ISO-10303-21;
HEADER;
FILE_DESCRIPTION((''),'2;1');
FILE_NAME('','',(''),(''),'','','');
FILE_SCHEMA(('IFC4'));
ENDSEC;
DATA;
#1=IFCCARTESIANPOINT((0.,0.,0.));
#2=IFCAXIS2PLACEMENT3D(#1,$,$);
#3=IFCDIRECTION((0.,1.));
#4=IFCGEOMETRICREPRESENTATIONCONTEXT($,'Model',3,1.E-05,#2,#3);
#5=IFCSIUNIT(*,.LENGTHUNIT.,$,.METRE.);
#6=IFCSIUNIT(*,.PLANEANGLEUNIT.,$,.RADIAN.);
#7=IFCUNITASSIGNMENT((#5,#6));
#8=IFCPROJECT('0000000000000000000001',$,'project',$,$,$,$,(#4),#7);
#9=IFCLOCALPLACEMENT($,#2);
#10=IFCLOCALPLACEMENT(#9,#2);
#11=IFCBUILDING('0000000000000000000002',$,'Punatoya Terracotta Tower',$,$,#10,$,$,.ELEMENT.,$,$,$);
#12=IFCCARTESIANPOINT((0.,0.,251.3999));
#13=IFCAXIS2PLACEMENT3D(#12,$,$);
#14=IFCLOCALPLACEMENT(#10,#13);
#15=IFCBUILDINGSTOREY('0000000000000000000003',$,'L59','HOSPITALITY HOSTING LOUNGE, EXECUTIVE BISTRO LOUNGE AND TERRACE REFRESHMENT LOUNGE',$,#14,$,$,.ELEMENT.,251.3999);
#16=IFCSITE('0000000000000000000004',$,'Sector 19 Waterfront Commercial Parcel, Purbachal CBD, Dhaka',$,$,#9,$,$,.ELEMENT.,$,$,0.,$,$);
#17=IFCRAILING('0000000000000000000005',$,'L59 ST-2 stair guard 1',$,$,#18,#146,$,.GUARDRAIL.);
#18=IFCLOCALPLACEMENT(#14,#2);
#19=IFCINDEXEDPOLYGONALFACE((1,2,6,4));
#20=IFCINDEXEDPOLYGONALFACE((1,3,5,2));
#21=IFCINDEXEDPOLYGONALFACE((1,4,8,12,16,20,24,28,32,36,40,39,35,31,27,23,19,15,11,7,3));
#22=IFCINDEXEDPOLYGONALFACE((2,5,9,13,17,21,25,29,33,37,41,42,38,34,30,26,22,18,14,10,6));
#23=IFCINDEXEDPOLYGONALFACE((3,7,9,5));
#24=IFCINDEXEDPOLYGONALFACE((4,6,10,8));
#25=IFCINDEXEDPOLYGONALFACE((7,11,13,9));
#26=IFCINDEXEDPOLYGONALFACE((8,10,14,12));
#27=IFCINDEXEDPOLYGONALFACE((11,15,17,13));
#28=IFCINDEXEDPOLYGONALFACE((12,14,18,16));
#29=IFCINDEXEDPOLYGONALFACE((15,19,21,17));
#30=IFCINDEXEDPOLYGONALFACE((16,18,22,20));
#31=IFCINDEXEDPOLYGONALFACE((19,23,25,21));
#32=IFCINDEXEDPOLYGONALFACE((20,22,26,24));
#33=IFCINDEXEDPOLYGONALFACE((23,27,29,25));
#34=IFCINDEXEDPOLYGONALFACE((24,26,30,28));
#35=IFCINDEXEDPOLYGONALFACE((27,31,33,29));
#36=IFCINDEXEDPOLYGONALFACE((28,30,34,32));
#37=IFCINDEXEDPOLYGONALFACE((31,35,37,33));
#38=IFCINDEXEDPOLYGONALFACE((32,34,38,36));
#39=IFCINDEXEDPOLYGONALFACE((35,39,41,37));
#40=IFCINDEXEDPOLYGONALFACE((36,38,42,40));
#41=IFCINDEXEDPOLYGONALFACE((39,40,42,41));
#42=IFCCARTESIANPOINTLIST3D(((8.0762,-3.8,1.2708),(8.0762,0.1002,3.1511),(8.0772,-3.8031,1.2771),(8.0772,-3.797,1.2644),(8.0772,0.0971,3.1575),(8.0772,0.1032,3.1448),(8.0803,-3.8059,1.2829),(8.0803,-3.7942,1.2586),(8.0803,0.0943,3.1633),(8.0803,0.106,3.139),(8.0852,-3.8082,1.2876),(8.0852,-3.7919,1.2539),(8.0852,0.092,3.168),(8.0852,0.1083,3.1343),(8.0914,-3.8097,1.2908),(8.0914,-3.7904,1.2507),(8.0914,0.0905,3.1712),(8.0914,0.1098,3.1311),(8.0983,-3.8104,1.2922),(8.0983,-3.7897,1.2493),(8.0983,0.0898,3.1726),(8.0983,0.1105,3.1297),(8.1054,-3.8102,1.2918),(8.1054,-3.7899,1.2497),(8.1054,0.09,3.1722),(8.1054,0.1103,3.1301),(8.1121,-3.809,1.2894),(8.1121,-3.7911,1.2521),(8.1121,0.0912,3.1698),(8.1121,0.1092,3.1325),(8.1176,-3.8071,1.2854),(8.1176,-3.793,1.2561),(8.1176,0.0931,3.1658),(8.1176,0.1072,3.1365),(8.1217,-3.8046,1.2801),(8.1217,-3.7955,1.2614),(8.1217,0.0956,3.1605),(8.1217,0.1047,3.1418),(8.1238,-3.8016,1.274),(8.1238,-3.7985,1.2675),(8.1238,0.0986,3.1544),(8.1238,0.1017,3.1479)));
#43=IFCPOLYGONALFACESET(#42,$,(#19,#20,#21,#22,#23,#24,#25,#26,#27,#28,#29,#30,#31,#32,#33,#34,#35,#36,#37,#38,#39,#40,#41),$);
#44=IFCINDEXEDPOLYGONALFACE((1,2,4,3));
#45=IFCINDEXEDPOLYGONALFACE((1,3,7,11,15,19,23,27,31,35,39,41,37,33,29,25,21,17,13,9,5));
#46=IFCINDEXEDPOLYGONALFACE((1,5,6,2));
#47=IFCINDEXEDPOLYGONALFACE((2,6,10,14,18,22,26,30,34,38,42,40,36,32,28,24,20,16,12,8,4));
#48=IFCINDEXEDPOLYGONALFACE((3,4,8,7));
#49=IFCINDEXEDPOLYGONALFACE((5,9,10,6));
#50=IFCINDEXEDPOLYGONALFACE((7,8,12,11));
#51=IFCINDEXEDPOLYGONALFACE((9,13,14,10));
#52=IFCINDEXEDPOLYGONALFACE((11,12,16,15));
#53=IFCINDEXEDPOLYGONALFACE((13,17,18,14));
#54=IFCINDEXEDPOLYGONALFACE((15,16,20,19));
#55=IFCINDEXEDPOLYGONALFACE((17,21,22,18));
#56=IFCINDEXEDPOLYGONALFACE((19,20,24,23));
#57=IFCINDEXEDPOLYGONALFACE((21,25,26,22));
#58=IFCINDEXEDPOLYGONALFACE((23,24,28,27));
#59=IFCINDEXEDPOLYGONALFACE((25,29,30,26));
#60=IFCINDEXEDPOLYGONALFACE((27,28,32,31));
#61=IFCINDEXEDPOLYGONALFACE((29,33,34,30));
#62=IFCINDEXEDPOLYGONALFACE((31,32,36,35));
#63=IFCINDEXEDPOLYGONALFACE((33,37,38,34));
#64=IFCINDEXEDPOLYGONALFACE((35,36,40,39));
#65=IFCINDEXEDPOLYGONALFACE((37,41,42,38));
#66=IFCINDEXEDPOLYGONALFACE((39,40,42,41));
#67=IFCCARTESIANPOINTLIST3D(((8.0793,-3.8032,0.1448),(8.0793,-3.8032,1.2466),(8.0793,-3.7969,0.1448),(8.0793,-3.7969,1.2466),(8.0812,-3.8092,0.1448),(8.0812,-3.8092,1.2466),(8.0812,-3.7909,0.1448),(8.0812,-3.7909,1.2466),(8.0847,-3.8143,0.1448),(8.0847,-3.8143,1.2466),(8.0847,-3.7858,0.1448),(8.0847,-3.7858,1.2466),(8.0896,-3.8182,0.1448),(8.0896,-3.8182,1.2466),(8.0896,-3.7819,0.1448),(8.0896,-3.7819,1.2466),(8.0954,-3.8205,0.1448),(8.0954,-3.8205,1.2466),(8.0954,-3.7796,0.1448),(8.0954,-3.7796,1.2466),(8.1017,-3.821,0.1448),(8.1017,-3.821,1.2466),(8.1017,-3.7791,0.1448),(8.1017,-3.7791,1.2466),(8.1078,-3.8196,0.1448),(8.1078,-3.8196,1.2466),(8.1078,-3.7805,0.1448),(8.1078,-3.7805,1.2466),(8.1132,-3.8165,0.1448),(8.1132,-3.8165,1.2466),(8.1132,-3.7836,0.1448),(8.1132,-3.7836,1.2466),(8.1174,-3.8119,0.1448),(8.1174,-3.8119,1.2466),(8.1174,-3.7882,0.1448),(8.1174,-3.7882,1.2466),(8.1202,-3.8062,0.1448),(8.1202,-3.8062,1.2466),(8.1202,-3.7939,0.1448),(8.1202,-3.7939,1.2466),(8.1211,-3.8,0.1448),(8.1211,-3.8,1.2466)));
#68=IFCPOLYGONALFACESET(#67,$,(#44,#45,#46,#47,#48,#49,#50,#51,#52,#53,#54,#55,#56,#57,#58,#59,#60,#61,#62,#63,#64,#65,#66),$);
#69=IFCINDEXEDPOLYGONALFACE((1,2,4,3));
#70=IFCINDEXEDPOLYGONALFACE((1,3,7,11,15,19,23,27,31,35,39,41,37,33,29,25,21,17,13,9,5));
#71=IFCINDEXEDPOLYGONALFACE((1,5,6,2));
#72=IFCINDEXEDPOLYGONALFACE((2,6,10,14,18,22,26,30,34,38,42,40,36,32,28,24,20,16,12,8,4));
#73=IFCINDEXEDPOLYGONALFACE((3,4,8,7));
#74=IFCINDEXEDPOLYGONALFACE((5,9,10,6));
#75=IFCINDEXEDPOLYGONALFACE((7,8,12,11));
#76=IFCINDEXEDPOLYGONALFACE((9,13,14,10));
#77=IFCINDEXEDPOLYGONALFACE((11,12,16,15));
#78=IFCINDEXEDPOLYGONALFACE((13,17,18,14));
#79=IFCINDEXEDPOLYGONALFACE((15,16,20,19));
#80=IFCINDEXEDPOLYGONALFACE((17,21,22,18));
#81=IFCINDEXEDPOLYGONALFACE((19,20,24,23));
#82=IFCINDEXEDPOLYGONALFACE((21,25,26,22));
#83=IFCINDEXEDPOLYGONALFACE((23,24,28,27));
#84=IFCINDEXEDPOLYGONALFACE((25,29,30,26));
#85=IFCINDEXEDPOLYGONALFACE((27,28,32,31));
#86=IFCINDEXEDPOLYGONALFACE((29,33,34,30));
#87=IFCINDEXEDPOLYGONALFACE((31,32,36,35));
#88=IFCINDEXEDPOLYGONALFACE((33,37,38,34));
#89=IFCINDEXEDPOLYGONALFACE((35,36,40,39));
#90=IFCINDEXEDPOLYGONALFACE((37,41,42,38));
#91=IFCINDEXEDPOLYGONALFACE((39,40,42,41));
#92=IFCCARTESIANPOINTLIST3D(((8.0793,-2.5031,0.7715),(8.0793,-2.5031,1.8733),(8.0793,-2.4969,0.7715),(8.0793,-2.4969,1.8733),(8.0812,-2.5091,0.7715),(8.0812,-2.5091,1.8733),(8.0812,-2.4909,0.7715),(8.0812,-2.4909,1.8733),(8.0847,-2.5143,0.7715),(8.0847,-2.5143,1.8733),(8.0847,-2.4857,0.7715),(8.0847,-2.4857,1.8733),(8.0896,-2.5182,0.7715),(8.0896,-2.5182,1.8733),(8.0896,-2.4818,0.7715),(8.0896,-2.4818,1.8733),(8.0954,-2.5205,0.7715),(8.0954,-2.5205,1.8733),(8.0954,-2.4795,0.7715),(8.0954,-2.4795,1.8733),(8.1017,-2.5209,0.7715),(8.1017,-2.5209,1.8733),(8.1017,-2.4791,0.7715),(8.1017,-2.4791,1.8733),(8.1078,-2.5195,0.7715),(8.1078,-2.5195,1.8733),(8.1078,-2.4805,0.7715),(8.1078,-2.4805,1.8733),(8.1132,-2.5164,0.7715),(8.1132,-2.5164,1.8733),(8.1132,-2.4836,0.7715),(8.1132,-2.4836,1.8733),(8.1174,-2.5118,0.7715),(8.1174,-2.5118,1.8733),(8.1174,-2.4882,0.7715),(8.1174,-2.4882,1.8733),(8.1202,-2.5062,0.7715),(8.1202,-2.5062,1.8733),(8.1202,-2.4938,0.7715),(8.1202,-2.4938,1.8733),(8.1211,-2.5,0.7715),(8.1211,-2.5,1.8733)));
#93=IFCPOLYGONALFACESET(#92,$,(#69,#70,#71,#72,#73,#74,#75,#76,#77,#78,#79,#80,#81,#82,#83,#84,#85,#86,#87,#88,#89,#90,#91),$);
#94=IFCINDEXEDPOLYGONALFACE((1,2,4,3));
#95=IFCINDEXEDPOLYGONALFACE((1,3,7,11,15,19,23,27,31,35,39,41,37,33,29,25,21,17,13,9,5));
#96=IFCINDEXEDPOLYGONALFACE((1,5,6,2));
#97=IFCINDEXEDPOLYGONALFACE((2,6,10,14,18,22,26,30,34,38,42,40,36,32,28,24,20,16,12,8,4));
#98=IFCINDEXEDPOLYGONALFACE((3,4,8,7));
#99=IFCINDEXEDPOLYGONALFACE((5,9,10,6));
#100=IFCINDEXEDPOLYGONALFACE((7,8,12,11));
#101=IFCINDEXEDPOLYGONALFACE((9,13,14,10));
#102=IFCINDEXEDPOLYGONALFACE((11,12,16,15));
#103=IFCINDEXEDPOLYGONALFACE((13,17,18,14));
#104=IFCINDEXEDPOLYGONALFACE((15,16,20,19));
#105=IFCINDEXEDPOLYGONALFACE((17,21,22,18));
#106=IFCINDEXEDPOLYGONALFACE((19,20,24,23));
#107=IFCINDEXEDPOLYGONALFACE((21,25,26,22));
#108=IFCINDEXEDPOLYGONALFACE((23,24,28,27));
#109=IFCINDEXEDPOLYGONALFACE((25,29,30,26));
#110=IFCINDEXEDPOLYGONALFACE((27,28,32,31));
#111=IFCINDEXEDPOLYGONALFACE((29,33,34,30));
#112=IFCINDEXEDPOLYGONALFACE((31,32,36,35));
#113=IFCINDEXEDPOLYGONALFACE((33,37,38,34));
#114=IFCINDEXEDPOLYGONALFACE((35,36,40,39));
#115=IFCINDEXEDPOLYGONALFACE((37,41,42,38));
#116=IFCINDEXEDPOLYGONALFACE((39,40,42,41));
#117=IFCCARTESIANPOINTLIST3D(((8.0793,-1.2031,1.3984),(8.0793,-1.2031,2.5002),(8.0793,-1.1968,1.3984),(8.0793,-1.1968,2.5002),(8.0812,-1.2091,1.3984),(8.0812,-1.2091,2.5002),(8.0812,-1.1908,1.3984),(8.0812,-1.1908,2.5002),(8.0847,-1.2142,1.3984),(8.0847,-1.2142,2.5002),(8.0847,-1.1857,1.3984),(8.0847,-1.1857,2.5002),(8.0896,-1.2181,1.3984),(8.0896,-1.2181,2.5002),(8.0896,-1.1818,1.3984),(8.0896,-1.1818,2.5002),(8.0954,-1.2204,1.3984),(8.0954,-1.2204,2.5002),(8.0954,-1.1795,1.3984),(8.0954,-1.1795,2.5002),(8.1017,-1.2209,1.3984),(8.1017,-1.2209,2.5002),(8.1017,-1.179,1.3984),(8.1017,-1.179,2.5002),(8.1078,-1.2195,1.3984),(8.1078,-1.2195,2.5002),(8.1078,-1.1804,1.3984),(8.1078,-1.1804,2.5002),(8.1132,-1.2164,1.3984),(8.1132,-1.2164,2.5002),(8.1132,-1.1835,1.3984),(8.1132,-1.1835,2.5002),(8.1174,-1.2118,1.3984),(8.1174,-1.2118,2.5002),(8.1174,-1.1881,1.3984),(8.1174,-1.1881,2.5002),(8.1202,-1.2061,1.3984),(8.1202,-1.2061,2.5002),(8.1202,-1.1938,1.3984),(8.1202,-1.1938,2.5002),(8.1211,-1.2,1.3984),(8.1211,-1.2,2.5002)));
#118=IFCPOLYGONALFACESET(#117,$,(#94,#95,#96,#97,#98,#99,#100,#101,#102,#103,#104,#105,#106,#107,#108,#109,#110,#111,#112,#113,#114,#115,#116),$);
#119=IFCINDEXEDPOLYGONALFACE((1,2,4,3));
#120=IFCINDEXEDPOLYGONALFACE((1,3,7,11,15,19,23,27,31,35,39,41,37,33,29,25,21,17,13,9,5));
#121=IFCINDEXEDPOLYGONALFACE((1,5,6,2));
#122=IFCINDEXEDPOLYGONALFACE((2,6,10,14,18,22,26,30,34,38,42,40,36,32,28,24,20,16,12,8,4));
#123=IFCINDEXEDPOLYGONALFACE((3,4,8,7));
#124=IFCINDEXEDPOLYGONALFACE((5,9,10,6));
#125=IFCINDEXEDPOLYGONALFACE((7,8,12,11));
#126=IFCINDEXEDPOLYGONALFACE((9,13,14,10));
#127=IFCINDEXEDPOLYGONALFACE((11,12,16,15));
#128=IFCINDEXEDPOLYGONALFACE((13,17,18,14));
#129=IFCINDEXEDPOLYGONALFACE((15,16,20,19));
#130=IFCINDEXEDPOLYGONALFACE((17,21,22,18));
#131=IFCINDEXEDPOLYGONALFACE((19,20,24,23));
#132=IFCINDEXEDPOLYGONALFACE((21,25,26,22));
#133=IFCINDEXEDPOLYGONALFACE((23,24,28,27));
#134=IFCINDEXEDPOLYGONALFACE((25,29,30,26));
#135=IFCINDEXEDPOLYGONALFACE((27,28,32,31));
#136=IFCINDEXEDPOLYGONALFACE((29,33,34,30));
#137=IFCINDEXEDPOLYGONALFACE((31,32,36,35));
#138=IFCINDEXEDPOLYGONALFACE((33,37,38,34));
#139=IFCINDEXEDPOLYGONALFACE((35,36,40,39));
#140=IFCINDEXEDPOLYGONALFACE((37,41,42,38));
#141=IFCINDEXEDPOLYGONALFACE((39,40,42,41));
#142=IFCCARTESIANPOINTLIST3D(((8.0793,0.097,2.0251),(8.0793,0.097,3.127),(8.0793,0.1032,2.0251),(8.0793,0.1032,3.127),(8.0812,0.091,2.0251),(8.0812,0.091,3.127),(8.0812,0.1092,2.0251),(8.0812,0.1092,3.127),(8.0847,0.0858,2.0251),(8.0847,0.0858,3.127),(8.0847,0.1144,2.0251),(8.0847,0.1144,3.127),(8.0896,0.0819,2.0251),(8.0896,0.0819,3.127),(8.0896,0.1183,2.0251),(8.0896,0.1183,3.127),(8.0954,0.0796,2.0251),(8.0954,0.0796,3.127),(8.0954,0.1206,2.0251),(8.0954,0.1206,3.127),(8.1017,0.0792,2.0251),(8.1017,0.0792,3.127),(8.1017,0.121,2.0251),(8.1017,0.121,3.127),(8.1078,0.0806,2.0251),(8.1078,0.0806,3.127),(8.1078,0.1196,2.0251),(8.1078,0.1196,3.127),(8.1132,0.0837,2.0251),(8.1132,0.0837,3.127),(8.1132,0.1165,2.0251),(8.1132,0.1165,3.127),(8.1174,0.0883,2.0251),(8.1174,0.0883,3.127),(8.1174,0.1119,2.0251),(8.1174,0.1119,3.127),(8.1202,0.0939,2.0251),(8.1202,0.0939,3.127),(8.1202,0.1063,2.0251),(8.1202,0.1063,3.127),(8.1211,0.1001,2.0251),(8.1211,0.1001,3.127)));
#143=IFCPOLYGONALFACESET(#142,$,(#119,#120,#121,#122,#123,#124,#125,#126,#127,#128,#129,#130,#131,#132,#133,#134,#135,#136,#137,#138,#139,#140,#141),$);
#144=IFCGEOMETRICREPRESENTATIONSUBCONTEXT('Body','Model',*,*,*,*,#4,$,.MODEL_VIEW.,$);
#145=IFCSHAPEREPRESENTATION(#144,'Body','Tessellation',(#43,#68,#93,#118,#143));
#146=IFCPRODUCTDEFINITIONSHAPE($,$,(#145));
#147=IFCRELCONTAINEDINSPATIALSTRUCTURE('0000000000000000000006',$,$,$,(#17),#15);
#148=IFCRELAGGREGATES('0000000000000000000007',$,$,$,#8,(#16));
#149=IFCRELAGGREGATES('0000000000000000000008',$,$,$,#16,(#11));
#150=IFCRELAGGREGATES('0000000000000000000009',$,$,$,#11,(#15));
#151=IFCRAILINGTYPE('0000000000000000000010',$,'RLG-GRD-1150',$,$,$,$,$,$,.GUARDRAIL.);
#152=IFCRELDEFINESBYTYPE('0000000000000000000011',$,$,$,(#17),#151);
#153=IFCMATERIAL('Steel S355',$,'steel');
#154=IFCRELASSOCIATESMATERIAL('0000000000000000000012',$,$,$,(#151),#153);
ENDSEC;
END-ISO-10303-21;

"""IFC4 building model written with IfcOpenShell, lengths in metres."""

from ifc_helpers import new_model, si_unit, direction, frame, origin, origin_2d, place, context, subcontext, project, spatial, circle, extrude, material, type_object, element, save


model = new_model("IFC4")

# Units and contexts
model_context = context("Model", 3, precision=1e-05, world=origin(), true_north=direction((0.0, 1.0)))
body_context = subcontext(model_context, "Body", "Model", "MODEL_VIEW")
ifc_project = project(units=[si_unit("LENGTHUNIT", "METRE"), si_unit("PLANEANGLEUNIT", "RADIAN")], contexts=[model_context])

# Site, building, storey
site_placement = place(None, origin())
site = spatial("IfcSite", under=ifc_project, at=site_placement, Name="Sector 19 Waterfront Commercial Parcel, Purbachal CBD, Dhaka", CompositionType="ELEMENT", RefElevation=0.0)
building_placement = place(site_placement, origin())
building = spatial("IfcBuilding", under=site, at=building_placement, Name="Punatoya Terracotta Tower", CompositionType="ELEMENT")
storey_placement = place(building_placement, frame((0.0, 0.0, 251.3999)))
storey = spatial("IfcBuildingStorey", under=building, at=storey_placement, Name="L59", Description="HOSPITALITY HOSTING LOUNGE, EXECUTIVE BISTRO LOUNGE AND TERRACE REFRESHMENT LOUNGE", CompositionType="ELEMENT", Elevation=251.3999)

# Railing
ifc_material_1 = material(Name="Steel S355", Category="steel")
railing_type_1 = type_object("IfcRailingType", Name="RLG-GRD-1150", PredefinedType="GUARDRAIL", material=ifc_material_1)
railing_1_placement = place(storey_placement, frame((8.1001, -3.8, 0.1448)))
element("IfcRailing", 1, at=railing_1_placement, inside=storey, type_object=railing_type_1, Name="L59 ST-2 stair guard 1", PredefinedType="GUARDRAIL", context=body_context, shape_type="SweptSolid", body=[
    extrude(circle(Radius=0.0239, at=origin_2d()), frame((0.0, 0.0, 1.126), z_axis=(0.0, 0.900774, 0.434289), x_axis=(-1.0, 0.0, 0.0)), (0.0, 0.0, 1.0), 4.3298),
    extrude(circle(Radius=0.021, at=origin_2d()), origin(), (0.0, 0.0, 1.0), 1.1018),
    extrude(circle(Radius=0.021, at=origin_2d()), frame((0.0, 1.3, 0.6267)), (0.0, 0.0, 1.0), 1.1018),
    extrude(circle(Radius=0.021, at=origin_2d()), frame((0.0, 2.6001, 1.2537)), (0.0, 0.0, 1.0), 1.1018),
    extrude(circle(Radius=0.021, at=origin_2d()), frame((0.0, 3.9001, 1.8804)), (0.0, 0.0, 1.0), 1.1018),
])

save(model, "model.ifc")
